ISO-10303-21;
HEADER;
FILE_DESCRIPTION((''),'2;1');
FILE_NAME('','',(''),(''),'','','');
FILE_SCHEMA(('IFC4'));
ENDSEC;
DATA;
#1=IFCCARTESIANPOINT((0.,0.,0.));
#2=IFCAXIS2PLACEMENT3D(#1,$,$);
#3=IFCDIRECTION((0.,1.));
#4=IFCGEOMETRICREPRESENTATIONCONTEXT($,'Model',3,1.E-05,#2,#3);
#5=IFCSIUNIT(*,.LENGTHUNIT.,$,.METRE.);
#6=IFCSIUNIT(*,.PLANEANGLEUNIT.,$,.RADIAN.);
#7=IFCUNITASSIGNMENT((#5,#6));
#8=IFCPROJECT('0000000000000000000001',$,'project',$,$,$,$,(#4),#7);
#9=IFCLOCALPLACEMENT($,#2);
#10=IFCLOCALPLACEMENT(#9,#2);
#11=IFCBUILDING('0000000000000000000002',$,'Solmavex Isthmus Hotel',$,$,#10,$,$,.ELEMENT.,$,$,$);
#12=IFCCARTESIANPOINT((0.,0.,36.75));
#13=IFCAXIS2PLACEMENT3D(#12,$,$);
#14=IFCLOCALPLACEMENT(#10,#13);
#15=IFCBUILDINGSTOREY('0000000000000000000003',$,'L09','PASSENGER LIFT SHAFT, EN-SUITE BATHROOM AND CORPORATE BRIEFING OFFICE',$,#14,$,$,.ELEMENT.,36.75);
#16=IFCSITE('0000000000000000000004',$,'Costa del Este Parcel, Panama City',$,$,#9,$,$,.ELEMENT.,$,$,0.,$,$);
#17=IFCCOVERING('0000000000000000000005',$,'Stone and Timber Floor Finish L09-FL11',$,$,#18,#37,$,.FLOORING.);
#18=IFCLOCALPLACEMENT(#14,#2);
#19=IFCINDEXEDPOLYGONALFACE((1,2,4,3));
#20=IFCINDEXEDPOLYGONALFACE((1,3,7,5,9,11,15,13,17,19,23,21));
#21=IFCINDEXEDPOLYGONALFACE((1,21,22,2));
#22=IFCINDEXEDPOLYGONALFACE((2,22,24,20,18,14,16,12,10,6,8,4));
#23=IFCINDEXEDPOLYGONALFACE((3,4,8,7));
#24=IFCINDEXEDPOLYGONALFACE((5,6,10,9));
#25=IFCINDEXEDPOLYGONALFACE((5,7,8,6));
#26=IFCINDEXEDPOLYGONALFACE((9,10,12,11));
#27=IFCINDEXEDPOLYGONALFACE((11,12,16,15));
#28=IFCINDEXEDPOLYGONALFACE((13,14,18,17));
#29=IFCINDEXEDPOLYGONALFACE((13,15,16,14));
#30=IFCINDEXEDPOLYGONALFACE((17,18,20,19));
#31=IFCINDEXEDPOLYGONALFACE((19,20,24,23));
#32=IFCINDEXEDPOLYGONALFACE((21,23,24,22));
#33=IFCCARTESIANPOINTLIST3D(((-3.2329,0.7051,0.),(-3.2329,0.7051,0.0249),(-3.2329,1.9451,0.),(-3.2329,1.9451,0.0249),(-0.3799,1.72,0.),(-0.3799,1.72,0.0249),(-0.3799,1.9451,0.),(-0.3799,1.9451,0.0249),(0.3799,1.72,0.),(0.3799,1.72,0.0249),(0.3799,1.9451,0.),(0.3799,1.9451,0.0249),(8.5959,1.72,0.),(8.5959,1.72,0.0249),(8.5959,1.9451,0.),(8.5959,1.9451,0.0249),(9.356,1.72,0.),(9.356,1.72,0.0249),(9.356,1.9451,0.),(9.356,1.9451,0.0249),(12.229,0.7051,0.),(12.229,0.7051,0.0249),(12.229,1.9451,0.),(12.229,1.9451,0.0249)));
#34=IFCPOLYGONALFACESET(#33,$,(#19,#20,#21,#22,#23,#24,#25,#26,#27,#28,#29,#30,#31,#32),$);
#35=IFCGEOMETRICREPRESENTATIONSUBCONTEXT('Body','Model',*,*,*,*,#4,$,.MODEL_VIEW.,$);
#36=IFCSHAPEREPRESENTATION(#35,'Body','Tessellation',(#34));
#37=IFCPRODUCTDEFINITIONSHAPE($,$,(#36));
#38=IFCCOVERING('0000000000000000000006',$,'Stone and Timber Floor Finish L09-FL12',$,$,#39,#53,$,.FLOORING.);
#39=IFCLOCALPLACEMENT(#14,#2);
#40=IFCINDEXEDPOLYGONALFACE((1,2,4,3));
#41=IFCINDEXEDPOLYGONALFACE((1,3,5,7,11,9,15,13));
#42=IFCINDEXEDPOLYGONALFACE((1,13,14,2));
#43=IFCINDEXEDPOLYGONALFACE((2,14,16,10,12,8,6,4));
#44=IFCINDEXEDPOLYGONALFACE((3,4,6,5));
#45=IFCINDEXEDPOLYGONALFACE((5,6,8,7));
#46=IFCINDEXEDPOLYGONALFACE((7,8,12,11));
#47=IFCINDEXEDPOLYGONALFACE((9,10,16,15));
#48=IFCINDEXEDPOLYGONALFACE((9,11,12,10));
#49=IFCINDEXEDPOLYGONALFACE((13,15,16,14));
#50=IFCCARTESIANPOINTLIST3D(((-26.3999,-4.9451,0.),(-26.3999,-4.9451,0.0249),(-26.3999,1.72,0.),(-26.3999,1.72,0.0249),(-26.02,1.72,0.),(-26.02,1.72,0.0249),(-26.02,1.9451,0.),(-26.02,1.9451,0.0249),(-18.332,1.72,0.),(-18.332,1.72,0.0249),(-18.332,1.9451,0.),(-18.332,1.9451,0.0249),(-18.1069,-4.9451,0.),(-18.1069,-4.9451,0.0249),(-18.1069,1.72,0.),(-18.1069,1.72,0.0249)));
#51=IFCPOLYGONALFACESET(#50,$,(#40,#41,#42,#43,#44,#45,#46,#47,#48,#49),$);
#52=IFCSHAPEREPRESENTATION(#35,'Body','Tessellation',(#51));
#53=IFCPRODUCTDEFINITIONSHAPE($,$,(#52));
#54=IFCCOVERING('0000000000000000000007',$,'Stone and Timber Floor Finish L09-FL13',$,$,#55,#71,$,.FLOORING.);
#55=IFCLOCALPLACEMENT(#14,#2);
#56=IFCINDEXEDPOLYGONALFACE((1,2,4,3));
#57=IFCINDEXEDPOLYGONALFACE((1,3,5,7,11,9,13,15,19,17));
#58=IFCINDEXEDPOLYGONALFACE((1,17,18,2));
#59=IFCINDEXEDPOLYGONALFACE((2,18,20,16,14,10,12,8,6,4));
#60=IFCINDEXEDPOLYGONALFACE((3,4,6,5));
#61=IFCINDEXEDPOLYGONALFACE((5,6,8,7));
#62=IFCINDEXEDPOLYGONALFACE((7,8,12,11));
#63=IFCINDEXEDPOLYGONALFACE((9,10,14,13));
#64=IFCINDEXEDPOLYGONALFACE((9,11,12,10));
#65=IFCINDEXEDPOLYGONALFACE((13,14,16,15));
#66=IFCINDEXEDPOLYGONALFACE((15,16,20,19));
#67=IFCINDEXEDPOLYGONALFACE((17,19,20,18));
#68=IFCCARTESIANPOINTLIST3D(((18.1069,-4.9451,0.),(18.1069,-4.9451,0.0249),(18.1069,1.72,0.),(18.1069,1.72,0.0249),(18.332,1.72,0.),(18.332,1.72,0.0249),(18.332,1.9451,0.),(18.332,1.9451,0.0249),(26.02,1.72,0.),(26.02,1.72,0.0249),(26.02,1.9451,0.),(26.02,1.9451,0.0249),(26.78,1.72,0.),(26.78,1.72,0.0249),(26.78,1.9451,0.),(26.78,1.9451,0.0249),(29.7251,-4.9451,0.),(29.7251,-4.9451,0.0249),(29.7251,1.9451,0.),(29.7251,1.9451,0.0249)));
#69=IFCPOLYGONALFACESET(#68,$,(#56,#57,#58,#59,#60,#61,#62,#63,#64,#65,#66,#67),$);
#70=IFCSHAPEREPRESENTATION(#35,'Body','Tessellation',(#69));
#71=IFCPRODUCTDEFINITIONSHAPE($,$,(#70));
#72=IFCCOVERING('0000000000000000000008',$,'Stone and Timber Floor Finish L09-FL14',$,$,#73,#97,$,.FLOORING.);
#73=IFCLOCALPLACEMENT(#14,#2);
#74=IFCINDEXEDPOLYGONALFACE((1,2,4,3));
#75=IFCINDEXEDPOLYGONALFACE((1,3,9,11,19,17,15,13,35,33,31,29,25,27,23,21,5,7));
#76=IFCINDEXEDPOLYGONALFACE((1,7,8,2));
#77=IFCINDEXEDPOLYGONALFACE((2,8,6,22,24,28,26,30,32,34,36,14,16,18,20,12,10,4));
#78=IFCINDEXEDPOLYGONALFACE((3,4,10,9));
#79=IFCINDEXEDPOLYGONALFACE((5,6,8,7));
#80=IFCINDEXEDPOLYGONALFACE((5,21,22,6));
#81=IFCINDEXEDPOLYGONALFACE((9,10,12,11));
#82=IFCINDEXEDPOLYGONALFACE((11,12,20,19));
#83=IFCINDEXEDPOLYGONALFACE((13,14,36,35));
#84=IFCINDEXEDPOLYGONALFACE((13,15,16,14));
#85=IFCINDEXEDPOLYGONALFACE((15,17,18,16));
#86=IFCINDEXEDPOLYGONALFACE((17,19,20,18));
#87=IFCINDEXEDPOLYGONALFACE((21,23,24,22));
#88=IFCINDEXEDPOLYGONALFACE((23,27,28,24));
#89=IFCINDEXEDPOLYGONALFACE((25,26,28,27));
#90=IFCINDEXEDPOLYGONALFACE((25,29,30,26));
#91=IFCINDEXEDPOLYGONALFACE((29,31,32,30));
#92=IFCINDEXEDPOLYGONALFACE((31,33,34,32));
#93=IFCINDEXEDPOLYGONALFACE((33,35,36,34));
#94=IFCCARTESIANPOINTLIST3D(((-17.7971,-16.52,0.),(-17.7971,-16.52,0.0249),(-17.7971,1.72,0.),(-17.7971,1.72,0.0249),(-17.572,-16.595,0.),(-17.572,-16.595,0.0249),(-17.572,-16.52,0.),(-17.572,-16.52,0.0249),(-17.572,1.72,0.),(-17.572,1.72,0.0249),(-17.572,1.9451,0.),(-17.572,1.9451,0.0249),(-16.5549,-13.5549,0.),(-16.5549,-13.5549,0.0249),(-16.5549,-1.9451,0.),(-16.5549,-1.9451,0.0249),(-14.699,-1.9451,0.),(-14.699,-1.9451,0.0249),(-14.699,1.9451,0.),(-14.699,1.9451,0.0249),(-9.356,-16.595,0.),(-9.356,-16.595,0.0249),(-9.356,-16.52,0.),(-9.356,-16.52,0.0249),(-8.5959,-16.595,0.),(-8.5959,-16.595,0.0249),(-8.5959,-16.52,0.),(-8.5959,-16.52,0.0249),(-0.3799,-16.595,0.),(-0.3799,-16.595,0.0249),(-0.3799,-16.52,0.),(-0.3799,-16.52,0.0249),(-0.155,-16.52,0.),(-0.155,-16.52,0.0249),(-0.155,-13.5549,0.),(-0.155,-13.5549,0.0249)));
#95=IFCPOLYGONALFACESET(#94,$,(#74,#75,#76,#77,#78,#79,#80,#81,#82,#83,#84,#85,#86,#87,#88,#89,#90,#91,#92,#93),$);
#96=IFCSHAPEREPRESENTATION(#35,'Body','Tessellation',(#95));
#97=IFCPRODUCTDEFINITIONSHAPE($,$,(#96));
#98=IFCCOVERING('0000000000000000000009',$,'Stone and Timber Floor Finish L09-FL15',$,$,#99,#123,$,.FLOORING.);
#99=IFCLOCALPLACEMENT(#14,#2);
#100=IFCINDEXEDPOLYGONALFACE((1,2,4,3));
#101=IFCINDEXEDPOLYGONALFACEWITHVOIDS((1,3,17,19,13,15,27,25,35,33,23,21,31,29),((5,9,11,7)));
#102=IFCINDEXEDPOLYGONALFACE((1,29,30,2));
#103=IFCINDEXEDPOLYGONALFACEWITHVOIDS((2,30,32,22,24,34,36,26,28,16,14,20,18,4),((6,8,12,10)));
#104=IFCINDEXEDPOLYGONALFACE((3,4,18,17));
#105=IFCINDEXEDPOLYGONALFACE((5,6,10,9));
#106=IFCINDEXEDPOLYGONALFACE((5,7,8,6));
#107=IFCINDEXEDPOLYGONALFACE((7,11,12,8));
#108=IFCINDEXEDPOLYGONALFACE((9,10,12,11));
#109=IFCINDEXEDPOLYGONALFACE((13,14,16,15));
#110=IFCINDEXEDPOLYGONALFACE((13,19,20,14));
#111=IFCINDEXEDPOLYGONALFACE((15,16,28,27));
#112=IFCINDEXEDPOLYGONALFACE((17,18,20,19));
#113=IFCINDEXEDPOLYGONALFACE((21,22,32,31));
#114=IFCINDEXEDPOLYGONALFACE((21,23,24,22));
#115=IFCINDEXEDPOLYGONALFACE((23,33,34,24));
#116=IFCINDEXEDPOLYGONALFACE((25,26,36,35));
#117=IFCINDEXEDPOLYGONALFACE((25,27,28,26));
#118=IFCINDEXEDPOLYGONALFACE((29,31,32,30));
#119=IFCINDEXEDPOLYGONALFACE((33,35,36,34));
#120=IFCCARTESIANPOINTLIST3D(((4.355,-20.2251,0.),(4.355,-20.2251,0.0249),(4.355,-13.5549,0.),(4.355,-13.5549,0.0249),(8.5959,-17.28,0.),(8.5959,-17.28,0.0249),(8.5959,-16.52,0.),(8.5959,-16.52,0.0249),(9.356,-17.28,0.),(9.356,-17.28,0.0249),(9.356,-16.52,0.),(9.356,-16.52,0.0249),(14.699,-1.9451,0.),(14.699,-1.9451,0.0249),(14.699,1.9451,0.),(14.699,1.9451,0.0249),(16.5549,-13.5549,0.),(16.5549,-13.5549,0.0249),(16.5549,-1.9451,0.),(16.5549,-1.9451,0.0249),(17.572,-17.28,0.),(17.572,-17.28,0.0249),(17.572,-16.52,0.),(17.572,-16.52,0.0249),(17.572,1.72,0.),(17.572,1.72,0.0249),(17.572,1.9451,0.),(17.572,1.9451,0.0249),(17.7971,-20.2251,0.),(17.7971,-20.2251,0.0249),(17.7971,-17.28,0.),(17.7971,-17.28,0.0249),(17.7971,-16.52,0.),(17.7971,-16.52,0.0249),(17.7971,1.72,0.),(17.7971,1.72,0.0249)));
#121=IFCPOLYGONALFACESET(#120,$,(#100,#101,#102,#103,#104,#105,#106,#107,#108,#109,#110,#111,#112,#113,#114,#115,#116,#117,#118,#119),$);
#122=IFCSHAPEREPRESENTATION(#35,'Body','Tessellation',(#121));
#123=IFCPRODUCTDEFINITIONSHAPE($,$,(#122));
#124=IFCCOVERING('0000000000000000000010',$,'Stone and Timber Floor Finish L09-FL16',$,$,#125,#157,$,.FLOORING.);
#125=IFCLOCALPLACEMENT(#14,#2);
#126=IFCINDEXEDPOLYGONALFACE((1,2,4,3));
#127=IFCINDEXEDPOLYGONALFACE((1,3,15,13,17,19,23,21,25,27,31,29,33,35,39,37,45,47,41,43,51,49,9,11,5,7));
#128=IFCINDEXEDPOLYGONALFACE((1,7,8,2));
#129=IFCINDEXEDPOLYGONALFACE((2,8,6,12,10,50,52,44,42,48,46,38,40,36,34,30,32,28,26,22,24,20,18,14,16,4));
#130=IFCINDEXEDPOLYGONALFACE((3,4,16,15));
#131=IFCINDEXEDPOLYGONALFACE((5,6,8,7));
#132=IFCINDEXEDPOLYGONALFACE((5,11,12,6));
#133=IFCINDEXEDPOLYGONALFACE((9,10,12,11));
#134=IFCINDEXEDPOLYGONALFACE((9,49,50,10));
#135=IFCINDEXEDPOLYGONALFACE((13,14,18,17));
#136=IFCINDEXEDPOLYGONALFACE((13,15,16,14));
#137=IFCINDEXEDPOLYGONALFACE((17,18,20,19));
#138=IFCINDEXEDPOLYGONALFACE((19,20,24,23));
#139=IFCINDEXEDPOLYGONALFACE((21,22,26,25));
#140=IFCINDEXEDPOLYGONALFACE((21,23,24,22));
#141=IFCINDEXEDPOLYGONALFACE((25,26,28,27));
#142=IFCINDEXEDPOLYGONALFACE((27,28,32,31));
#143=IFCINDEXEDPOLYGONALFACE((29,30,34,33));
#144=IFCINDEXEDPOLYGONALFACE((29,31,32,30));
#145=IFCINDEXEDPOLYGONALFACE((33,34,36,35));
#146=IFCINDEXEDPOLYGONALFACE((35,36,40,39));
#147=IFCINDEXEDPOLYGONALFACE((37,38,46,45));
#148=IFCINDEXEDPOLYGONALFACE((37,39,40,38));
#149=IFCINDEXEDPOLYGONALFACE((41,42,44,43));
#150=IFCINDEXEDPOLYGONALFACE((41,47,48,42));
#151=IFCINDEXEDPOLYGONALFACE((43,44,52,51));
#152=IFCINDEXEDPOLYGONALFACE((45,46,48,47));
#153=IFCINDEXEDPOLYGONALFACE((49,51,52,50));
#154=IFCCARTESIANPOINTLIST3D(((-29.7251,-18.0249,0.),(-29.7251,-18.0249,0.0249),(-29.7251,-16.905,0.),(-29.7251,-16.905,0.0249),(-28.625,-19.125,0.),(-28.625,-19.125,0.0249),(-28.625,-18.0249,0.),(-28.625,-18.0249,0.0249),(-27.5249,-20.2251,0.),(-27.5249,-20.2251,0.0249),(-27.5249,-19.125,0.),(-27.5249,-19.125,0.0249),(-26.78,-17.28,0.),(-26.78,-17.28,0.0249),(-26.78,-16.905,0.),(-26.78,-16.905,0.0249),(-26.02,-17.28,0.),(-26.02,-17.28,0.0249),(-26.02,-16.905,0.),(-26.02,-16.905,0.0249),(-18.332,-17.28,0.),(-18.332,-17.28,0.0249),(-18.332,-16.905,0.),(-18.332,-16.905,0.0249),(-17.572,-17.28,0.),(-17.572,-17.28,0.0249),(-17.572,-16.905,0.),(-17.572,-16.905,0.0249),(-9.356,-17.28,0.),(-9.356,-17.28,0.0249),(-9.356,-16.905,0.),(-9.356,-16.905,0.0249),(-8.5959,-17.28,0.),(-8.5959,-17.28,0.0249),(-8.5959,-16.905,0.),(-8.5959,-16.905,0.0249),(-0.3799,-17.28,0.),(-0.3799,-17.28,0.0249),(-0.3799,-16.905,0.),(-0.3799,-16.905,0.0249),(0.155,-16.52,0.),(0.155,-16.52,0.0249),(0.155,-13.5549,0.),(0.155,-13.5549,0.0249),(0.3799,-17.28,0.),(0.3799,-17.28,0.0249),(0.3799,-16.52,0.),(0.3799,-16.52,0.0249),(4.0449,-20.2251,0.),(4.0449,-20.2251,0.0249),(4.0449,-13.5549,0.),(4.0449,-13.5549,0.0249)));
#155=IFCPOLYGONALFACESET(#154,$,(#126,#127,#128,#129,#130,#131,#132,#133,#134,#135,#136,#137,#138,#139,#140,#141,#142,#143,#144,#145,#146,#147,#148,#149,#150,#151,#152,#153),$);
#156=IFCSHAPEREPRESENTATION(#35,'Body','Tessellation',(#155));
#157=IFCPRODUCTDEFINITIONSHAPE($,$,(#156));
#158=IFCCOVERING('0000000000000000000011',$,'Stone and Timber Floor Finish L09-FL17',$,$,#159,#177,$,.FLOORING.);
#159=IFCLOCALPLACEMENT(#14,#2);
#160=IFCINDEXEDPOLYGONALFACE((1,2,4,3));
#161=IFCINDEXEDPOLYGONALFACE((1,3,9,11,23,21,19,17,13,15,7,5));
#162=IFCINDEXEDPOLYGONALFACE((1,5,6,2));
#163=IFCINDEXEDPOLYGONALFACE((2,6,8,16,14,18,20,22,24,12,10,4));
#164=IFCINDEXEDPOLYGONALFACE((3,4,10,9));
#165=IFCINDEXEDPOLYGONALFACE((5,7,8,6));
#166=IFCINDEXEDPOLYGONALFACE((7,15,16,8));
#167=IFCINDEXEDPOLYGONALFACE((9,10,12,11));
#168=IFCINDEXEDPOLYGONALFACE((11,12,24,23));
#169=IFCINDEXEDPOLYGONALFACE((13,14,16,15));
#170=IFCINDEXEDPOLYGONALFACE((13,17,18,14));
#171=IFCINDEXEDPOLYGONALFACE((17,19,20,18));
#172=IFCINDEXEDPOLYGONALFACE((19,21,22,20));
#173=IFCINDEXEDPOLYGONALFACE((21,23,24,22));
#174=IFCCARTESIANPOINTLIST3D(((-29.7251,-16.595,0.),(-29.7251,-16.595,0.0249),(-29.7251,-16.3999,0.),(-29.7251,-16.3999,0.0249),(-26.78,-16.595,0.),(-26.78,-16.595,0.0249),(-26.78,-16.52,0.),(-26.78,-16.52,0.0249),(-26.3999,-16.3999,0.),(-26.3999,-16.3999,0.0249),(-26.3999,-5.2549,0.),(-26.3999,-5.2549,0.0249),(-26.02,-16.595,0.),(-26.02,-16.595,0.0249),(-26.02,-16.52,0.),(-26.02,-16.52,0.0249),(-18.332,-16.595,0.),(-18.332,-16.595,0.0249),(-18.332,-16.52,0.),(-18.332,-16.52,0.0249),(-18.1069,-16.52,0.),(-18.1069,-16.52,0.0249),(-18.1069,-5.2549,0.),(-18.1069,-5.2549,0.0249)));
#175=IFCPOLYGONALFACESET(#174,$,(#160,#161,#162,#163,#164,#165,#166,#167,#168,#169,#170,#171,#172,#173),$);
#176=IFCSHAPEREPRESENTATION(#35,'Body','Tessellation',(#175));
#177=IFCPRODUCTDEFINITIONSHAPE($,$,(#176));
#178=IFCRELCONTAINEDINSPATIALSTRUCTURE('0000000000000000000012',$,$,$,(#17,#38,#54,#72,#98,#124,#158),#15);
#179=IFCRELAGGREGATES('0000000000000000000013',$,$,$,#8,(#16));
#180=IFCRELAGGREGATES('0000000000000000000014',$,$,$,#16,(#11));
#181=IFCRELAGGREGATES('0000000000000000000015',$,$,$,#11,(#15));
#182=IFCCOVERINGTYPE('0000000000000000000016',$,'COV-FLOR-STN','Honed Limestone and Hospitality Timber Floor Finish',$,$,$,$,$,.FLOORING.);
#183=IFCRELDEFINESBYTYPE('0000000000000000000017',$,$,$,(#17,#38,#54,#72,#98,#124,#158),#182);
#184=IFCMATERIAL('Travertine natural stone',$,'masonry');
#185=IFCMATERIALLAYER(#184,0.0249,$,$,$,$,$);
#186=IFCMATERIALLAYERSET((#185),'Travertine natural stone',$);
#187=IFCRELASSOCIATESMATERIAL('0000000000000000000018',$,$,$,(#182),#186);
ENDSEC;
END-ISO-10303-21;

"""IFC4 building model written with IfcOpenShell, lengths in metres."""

from ifc_helpers import new_model, si_unit, direction, frame, origin, place, context, subcontext, project, spatial, polyline, outline, extrude, material, layer, layer_set, type_object, element, save


model = new_model("IFC4")

# Units and contexts
model_context = context("Model", 3, precision=1e-05, world=origin(), true_north=direction((0.0, 1.0)))
body_context = subcontext(model_context, "Body", "Model", "MODEL_VIEW")
ifc_project = project(units=[si_unit("LENGTHUNIT", "METRE"), si_unit("PLANEANGLEUNIT", "RADIAN")], contexts=[model_context])

# Site, building, storey
site_placement = place(None, origin())
site = spatial("IfcSite", under=ifc_project, at=site_placement, Name="Costa del Este Parcel, Panama City", CompositionType="ELEMENT", RefElevation=0.0)
building_placement = place(site_placement, origin())
building = spatial("IfcBuilding", under=site, at=building_placement, Name="Solmavex Isthmus Hotel", CompositionType="ELEMENT")
storey_placement = place(building_placement, frame((0.0, 0.0, 36.75)))
storey = spatial("IfcBuildingStorey", under=building, at=storey_placement, Name="L09", Description="PASSENGER LIFT SHAFT, EN-SUITE BATHROOM AND CORPORATE BRIEFING OFFICE", CompositionType="ELEMENT", Elevation=36.75)

# Coverings
ifc_material_1 = material(Name="Travertine natural stone", Category="masonry")
ifc_layer_1 = layer(ifc_material_1, 0.0249)
ifc_layer_set_1 = layer_set([ifc_layer_1], Name="Travertine natural stone")
covering_type_1 = type_object("IfcCoveringType", Name="COV-FLOR-STN", Description="Honed Limestone and Hospitality Timber Floor Finish", PredefinedType="FLOORING", material=ifc_layer_set_1)
covering_1_placement = place(storey_placement, origin())
element("IfcCovering", 1, at=covering_1_placement, inside=storey, type_object=covering_type_1, Name="Stone and Timber Floor Finish L09-FL11", PredefinedType="FLOORING", context=body_context, shape_type="SweptSolid", body=[
    extrude(outline(polyline([(0.3799, 1.9451), (0.3799, 1.72), (-0.3799, 1.72), (-0.3799, 1.9451), (-3.2329, 1.9451), (-3.2329, 0.7051), (12.229, 0.7051), (12.229, 1.9451), (9.356, 1.9451), (9.356, 1.72), (8.5959, 1.72), (8.5959, 1.9451), (0.3799, 1.9451)])), origin(), (0.0, 0.0, 1.0), 0.0249),
])
covering_2_placement = place(storey_placement, origin())
element("IfcCovering", 2, at=covering_2_placement, inside=storey, type_object=covering_type_1, Name="Stone and Timber Floor Finish L09-FL12", PredefinedType="FLOORING", context=body_context, shape_type="SweptSolid", body=[
    extrude(outline(polyline([(-26.02, 1.9451), (-26.02, 1.72), (-26.3999, 1.72), (-26.3999, -4.9451), (-18.1069, -4.9451), (-18.1069, 1.72), (-18.332, 1.72), (-18.332, 1.9451), (-26.02, 1.9451)])), origin(), (0.0, 0.0, 1.0), 0.0249),
])
covering_3_placement = place(storey_placement, origin())
element("IfcCovering", 3, at=covering_3_placement, inside=storey, type_object=covering_type_1, Name="Stone and Timber Floor Finish L09-FL13", PredefinedType="FLOORING", context=body_context, shape_type="SweptSolid", body=[
    extrude(outline(polyline([(26.78, 1.9451), (26.78, 1.72), (26.02, 1.72), (26.02, 1.9451), (18.332, 1.9451), (18.332, 1.72), (18.1069, 1.72), (18.1069, -4.9451), (29.7251, -4.9451), (29.7251, 1.9451), (26.78, 1.9451)])), origin(), (0.0, 0.0, 1.0), 0.0249),
])
covering_4_placement = place(storey_placement, origin())
element("IfcCovering", 4, at=covering_4_placement, inside=storey, type_object=covering_type_1, Name="Stone and Timber Floor Finish L09-FL14", PredefinedType="FLOORING", context=body_context, shape_type="SweptSolid", body=[
    extrude(outline(polyline([(-17.7971, -16.52), (-17.572, -16.52), (-17.572, -16.595), (-9.356, -16.595), (-9.356, -16.52), (-8.5959, -16.52), (-8.5959, -16.595), (-0.3799, -16.595), (-0.3799, -16.52), (-0.155, -16.52), (-0.155, -13.5549), (-16.5549, -13.5549), (-16.5549, -1.9451), (-14.699, -1.9451), (-14.699, 1.9451), (-17.572, 1.9451), (-17.572, 1.72), (-17.7971, 1.72), (-17.7971, -16.52)])), origin(), (0.0, 0.0, 1.0), 0.0249),
])
covering_5_placement = place(storey_placement, origin())
element("IfcCovering", 5, at=covering_5_placement, inside=storey, type_object=covering_type_1, Name="Stone and Timber Floor Finish L09-FL15", PredefinedType="FLOORING", context=body_context, shape_type="SweptSolid", body=[
    extrude(outline(polyline([(17.7971, 1.72), (17.572, 1.72), (17.572, 1.9451), (14.699, 1.9451), (14.699, -1.9451), (16.5549, -1.9451), (16.5549, -13.5549), (4.355, -13.5549), (4.355, -20.2251), (17.7971, -20.2251), (17.7971, -17.28), (17.572, -17.28), (17.572, -16.52), (17.7971, -16.52), (17.7971, 1.72)]), holes=[polyline([(8.5959, -17.28), (8.5959, -16.52), (9.356, -16.52), (9.356, -17.28), (8.5959, -17.28)])]), origin(), (0.0, 0.0, 1.0), 0.0249),
])
covering_6_placement = place(storey_placement, origin())
element("IfcCovering", 6, at=covering_6_placement, inside=storey, type_object=covering_type_1, Name="Stone and Timber Floor Finish L09-FL16", PredefinedType="FLOORING", context=body_context, shape_type="SweptSolid", body=[
    extrude(outline(polyline([(-26.02, -16.905), (-26.02, -17.28), (-26.78, -17.28), (-26.78, -16.905), (-29.7251, -16.905), (-29.7251, -18.0249), (-28.625, -18.0249), (-28.625, -19.125), (-27.5249, -19.125), (-27.5249, -20.2251), (4.0449, -20.2251), (4.0449, -13.5549), (0.155, -13.5549), (0.155, -16.52), (0.3799, -16.52), (0.3799, -17.28), (-0.3799, -17.28), (-0.3799, -16.905), (-8.5959, -16.905), (-8.5959, -17.28), (-9.356, -17.28), (-9.356, -16.905), (-17.572, -16.905), (-17.572, -17.28), (-18.332, -17.28), (-18.332, -16.905), (-26.02, -16.905)])), origin(), (0.0, 0.0, 1.0), 0.0249),
])
covering_7_placement = place(storey_placement, origin())
element("IfcCovering", 7, at=covering_7_placement, inside=storey, type_object=covering_type_1, Name="Stone and Timber Floor Finish L09-FL17", PredefinedType="FLOORING", context=body_context, shape_type="SweptSolid", body=[
    extrude(outline(polyline([(-26.78, -16.595), (-26.78, -16.52), (-26.02, -16.52), (-26.02, -16.595), (-18.332, -16.595), (-18.332, -16.52), (-18.1069, -16.52), (-18.1069, -5.2549), (-26.3999, -5.2549), (-26.3999, -16.3999), (-29.7251, -16.3999), (-29.7251, -16.595), (-26.78, -16.595)])), origin(), (0.0, 0.0, 1.0), 0.0249),
])

save(model, "model.ifc")
